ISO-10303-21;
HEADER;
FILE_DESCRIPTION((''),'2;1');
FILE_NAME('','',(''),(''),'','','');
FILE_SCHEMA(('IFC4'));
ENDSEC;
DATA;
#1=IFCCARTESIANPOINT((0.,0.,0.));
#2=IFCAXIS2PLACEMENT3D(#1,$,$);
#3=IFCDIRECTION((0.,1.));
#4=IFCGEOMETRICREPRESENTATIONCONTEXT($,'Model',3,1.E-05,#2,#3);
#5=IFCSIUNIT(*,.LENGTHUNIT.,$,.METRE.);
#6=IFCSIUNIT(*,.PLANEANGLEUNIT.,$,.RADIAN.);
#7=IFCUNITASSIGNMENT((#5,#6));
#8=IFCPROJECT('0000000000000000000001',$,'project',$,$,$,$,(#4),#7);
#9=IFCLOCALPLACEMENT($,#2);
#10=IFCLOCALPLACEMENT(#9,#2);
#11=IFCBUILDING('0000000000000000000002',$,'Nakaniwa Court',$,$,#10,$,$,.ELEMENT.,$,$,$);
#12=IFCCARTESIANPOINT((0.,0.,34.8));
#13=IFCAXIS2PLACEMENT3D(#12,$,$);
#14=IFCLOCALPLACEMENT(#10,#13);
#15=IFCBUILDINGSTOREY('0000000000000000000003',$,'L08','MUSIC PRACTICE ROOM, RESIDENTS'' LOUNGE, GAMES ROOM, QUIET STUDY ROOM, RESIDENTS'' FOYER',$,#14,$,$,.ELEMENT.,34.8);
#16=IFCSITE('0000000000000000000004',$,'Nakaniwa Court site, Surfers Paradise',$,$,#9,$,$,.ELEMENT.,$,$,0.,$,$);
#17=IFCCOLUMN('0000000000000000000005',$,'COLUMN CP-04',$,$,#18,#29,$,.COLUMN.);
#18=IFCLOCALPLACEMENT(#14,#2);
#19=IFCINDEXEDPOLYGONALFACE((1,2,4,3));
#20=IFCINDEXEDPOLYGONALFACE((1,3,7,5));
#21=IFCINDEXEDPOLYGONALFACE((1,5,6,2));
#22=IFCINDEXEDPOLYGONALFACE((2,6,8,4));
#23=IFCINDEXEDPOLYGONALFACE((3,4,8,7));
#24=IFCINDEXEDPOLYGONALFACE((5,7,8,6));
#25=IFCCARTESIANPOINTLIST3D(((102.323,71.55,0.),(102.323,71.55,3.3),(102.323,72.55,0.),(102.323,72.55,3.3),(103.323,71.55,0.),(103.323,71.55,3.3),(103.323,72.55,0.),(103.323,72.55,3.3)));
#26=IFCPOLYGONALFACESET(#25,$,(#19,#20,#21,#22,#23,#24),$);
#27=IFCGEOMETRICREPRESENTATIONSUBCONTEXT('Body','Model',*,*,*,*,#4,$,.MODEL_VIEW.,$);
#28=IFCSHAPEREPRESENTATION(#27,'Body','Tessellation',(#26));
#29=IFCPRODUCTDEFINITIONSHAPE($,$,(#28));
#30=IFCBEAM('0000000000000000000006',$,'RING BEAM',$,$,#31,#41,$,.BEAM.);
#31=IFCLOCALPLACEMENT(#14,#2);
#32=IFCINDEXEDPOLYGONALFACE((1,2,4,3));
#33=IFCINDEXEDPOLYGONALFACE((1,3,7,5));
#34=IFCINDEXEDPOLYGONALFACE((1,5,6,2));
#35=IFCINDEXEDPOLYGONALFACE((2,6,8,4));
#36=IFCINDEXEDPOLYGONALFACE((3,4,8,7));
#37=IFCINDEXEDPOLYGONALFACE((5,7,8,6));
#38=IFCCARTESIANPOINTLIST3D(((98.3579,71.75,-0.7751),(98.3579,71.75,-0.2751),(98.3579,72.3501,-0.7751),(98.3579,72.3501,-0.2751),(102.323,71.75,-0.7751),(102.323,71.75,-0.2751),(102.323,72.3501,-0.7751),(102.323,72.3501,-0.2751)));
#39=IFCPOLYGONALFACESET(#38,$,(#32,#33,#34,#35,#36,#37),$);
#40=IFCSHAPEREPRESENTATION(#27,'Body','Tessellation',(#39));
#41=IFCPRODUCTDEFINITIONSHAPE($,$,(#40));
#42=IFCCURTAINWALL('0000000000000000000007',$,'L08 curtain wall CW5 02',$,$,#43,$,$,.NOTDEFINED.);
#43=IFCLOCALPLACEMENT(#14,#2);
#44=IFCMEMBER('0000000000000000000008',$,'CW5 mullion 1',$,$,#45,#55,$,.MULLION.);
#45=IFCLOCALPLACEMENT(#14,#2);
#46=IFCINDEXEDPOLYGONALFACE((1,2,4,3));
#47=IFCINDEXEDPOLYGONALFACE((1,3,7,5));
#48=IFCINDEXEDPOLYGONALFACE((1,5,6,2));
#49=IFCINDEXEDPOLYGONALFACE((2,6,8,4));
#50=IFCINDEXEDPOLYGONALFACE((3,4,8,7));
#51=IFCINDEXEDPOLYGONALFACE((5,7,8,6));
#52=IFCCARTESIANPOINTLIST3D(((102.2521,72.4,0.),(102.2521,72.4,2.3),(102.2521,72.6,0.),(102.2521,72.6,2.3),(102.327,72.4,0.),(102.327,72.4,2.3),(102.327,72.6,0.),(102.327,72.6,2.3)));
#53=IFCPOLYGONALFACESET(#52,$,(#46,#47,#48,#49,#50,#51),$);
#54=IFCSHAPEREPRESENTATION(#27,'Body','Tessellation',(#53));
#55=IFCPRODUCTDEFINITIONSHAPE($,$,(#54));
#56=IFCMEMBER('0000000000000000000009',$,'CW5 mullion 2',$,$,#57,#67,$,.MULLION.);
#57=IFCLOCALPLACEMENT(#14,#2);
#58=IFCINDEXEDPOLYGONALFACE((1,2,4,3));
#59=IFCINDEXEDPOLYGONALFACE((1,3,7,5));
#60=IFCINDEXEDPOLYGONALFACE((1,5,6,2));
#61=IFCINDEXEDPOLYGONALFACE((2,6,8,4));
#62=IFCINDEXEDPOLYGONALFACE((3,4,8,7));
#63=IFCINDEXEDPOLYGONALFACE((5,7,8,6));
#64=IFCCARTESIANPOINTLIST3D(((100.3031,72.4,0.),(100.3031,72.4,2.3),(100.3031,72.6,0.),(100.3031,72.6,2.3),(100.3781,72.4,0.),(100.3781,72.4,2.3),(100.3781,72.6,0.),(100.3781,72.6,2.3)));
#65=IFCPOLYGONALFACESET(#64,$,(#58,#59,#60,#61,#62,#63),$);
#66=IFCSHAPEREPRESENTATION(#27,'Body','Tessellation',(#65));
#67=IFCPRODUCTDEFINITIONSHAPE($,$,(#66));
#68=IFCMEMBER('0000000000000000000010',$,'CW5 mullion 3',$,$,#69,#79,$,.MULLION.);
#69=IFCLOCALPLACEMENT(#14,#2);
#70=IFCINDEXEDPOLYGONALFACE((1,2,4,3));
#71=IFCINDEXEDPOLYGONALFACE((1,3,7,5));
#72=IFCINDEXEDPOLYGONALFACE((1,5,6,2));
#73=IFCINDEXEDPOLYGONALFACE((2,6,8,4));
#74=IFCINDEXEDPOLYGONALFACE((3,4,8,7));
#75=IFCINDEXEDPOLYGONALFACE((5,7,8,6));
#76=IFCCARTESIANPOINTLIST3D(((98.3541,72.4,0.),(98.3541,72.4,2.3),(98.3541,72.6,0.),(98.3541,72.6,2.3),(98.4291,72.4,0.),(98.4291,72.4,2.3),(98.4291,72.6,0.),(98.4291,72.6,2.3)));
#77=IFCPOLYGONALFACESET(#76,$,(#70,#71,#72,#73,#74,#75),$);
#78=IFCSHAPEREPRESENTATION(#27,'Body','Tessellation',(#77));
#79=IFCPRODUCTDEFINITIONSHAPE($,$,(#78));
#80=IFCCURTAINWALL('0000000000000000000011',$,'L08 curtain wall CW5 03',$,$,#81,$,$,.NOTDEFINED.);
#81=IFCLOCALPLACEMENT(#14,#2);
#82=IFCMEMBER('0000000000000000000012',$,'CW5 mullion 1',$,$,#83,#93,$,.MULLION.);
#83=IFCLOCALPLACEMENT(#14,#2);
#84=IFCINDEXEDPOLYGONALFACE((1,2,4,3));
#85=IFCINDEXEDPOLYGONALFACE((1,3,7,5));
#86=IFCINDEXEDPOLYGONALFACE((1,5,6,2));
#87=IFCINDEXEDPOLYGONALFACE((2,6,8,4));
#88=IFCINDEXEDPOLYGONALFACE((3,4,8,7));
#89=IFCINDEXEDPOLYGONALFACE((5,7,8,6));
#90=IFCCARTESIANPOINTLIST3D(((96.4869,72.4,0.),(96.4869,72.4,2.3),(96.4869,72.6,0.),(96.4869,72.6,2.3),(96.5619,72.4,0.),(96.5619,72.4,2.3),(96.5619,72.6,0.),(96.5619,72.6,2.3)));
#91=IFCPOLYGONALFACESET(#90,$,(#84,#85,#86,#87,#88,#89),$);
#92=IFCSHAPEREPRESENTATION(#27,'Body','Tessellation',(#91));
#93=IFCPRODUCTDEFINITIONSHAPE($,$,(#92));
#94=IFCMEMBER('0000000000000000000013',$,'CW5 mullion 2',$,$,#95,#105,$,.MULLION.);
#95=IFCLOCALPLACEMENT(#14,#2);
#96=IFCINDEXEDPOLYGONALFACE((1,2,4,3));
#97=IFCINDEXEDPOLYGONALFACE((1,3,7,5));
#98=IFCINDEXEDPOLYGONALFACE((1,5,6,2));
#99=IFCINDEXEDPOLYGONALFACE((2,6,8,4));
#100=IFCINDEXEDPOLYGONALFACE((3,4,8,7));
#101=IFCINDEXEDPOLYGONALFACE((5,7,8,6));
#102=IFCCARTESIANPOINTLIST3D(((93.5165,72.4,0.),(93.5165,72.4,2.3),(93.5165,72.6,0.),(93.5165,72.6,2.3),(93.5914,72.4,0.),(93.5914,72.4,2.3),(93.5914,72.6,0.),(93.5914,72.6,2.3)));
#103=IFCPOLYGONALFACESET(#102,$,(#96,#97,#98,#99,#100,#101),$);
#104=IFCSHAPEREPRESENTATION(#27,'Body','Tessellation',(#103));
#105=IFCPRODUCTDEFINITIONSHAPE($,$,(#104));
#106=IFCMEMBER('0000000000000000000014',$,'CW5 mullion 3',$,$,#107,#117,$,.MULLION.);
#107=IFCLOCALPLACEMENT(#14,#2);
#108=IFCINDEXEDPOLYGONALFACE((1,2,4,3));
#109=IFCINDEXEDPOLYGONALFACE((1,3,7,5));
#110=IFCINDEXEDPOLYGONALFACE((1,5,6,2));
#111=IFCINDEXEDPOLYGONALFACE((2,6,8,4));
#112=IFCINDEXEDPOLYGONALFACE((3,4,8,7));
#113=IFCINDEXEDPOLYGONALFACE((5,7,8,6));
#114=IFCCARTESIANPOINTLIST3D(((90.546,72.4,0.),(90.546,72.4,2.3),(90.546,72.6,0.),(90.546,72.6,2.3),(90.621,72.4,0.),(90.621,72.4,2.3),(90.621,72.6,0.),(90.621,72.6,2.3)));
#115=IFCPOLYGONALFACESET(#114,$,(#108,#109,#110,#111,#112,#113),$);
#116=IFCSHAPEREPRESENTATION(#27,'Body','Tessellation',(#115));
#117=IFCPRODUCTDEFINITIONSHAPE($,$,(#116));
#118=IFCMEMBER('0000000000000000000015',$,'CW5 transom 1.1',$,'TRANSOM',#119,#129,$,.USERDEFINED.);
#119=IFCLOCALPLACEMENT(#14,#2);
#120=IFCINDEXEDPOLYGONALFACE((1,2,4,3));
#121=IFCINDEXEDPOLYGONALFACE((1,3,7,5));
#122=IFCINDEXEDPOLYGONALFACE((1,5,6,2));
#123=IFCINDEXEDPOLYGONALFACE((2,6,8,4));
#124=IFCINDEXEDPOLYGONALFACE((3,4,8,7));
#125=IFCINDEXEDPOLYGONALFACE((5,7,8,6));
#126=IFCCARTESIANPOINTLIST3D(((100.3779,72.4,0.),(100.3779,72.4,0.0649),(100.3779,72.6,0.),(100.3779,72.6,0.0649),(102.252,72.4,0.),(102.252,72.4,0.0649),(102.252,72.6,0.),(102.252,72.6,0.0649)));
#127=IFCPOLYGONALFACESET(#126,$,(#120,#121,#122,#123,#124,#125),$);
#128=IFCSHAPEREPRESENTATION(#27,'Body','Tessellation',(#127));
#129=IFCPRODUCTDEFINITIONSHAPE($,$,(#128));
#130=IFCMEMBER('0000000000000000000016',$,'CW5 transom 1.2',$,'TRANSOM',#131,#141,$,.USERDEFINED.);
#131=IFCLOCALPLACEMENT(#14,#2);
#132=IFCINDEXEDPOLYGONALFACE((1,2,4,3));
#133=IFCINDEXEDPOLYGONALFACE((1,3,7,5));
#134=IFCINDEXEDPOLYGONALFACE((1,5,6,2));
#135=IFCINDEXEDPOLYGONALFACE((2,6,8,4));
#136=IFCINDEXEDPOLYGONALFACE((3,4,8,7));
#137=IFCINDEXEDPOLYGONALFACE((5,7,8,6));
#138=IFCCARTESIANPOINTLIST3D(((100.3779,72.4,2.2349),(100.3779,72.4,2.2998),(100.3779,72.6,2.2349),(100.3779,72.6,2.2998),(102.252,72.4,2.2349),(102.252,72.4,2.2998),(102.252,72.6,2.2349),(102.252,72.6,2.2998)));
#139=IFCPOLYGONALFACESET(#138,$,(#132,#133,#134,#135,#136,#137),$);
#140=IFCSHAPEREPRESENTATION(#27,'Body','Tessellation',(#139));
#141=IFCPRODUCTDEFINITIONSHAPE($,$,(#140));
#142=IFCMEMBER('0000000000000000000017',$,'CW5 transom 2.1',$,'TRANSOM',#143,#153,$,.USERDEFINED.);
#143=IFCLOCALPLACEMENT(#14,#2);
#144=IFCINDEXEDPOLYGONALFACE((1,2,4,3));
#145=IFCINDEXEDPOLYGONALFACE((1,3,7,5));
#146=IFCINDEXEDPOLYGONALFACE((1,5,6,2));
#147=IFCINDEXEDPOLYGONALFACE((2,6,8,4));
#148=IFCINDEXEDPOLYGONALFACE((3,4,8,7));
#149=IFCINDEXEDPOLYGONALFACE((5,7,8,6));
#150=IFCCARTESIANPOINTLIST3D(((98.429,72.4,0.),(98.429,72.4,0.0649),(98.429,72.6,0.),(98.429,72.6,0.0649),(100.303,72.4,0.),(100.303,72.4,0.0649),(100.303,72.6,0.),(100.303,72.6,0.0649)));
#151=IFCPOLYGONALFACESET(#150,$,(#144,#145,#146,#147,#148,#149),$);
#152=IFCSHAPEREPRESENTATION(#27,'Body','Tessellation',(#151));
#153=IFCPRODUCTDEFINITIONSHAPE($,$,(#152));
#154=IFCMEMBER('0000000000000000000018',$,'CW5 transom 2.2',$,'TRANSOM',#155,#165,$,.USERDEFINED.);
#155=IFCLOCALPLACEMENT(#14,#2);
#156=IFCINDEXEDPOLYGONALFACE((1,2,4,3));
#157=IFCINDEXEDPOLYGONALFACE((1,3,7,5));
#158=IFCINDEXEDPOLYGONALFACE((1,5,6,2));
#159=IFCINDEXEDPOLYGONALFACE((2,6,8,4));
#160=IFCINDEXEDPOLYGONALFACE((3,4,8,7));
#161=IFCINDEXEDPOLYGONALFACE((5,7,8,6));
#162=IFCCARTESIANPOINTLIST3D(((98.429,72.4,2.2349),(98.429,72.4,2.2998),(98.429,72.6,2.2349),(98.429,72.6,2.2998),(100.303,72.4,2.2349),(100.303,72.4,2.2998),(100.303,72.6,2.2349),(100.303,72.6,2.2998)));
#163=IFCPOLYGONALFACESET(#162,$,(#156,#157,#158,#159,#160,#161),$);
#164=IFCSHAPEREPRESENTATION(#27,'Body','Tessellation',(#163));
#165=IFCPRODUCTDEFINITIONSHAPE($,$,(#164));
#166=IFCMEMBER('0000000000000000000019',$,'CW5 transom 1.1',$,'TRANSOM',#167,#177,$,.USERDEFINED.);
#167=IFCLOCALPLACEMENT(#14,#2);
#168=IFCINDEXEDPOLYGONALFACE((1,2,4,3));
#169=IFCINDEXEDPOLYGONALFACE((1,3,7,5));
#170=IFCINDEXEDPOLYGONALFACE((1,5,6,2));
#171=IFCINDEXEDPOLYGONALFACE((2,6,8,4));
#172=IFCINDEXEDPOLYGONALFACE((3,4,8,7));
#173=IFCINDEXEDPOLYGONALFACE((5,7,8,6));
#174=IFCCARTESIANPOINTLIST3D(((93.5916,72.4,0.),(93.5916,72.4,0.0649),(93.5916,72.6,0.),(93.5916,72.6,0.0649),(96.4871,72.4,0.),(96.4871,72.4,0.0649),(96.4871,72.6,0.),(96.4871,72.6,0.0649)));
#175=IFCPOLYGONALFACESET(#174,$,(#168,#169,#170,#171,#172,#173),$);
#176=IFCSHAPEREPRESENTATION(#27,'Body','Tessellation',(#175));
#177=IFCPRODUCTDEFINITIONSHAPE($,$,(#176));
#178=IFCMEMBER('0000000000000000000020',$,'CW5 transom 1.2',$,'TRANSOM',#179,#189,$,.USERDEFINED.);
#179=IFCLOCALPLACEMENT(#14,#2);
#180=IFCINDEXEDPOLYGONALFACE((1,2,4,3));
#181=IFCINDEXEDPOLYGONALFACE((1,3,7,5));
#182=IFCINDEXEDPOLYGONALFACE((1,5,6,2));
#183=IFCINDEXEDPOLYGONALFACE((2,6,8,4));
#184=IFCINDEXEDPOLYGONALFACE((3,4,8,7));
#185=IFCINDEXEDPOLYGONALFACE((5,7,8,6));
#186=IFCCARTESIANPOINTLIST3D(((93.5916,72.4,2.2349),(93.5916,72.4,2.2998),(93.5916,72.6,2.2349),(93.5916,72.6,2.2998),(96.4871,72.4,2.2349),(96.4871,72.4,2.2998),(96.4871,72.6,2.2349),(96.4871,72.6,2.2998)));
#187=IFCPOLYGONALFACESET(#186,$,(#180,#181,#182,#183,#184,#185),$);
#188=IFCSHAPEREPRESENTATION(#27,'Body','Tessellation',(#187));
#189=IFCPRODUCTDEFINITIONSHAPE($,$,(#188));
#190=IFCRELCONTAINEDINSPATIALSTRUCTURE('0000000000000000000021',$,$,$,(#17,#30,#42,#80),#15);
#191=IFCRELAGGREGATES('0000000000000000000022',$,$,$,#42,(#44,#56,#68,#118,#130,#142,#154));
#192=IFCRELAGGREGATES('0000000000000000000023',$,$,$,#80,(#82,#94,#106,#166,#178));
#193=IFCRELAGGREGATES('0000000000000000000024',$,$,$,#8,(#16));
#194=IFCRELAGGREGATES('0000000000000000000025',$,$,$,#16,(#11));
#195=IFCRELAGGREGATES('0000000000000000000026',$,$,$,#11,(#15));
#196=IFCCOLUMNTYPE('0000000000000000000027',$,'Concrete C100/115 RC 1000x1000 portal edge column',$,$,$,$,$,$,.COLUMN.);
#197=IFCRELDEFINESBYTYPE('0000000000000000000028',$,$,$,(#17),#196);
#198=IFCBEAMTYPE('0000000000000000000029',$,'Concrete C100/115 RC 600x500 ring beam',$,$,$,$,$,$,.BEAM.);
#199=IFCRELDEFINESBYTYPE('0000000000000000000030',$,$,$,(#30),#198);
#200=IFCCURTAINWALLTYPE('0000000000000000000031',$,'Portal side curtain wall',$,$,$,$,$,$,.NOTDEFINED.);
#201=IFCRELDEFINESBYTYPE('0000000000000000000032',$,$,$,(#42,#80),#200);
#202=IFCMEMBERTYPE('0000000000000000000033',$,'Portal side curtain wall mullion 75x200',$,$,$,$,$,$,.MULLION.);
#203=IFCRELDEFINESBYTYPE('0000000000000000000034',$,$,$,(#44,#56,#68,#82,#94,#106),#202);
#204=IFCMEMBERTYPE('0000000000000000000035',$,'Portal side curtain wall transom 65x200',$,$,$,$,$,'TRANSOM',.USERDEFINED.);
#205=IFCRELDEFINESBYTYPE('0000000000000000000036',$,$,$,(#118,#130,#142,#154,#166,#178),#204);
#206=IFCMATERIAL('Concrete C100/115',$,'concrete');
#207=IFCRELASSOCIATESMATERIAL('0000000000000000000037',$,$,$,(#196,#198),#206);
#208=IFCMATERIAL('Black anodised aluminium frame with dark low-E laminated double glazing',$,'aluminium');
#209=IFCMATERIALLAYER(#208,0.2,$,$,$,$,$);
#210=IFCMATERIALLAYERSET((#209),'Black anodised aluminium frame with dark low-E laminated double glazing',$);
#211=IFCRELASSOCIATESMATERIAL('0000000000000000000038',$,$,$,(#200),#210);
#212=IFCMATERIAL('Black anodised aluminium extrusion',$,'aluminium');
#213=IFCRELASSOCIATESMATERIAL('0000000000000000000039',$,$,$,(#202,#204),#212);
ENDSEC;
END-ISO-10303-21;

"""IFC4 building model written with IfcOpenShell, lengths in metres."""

from ifc_helpers import new_model, si_unit, direction, frame, origin, origin_2d, place, context, subcontext, project, spatial, rectangle, extrude, material, layer, layer_set, material_profile, profile_set, type_object, element, aggregate, save


model = new_model("IFC4")

# Units and contexts
model_context = context("Model", 3, precision=1e-05, world=origin(), true_north=direction((0.0, 1.0)))
body_context = subcontext(model_context, "Body", "Model", "MODEL_VIEW")
ifc_project = project(units=[si_unit("LENGTHUNIT", "METRE"), si_unit("PLANEANGLEUNIT", "RADIAN")], contexts=[model_context])

# Site, building, storey
site_placement = place(None, origin())
site = spatial("IfcSite", under=ifc_project, at=site_placement, Name="Nakaniwa Court site, Surfers Paradise", CompositionType="ELEMENT", RefElevation=0.0)
building_placement = place(site_placement, origin())
building = spatial("IfcBuilding", under=site, at=building_placement, Name="Nakaniwa Court", CompositionType="ELEMENT")
storey_placement = place(building_placement, frame((0.0, 0.0, 34.8)))
storey = spatial("IfcBuildingStorey", under=building, at=storey_placement, Name="L08", Description="MUSIC PRACTICE ROOM, RESIDENTS' LOUNGE, GAMES ROOM, QUIET STUDY ROOM, RESIDENTS' FOYER", CompositionType="ELEMENT", Elevation=34.8)

# Column
ifc_material_1 = material(Name="Concrete C100/115", Category="concrete")
ifc_material_profile_1 = material_profile(ifc_material_1, rectangle(XDim=1.0, YDim=1.0, at=origin_2d()), Name="Concrete C100/115 RC 1000x1000 portal edge column")
ifc_profile_set_1 = profile_set([ifc_material_profile_1], Name="Concrete C100/115")
column_type = type_object("IfcColumnType", Name="Concrete C100/115 RC 1000x1000 portal edge column", PredefinedType="COLUMN", material=ifc_profile_set_1)
column_placement = place(storey_placement, frame((102.823, 72.05, 0.0), z_axis=(0.0, 0.0, 1.0), x_axis=(1.0, 0.0, 0.0)))
element("IfcColumn", 1, at=column_placement, inside=storey, type_object=column_type, Name="COLUMN CP-04", PredefinedType="COLUMN", context=body_context, shape_type="SweptSolid", body=[
    extrude(rectangle(XDim=1.0, YDim=1.0, at=origin_2d()), origin(), (0.0, 0.0, 1.0), 3.3),
])

# Beam
ifc_material_profile_2 = material_profile(ifc_material_1, rectangle(XDim=0.6001, YDim=0.5, at=origin_2d()), Name="Concrete C100/115 RC 600x500 ring beam")
ifc_profile_set_2 = profile_set([ifc_material_profile_2], Name="Concrete C100/115")
beam_type = type_object("IfcBeamType", Name="Concrete C100/115 RC 600x500 ring beam", PredefinedType="BEAM", material=ifc_profile_set_2)
beam_placement = place(storey_placement, frame((98.3579, 72.05, -0.5251), z_axis=(1.0, 0.0, 0.0), x_axis=(0.0, 1.0, 0.0)))
element("IfcBeam", 2, at=beam_placement, inside=storey, type_object=beam_type, Name="RING BEAM", PredefinedType="BEAM", context=body_context, shape_type="SweptSolid", body=[
    extrude(rectangle(XDim=0.6001, YDim=0.5, at=origin_2d()), origin(), (0.0, 0.0, 1.0), 3.9651),
])

# Curtain walls, members
ifc_material_2 = material(Name="Black anodised aluminium frame with dark low-E laminated double glazing", Category="aluminium")
ifc_layer_1 = layer(ifc_material_2, 0.2)
ifc_layer_set_1 = layer_set([ifc_layer_1], Name="Black anodised aluminium frame with dark low-E laminated double glazing")
curtain_wall_type = type_object("IfcCurtainWallType", Name="Portal side curtain wall", PredefinedType="NOTDEFINED", material=ifc_layer_set_1)
curtain_wall_1_placement = place(storey_placement, origin())
curtain_wall_1 = element("IfcCurtainWall", 3, at=curtain_wall_1_placement, inside=storey, type_object=curtain_wall_type, Name="L08 curtain wall CW5 02", PredefinedType="NOTDEFINED")
ifc_material_3 = material(Name="Black anodised aluminium extrusion", Category="aluminium")
ifc_material_profile_3 = material_profile(ifc_material_3, rectangle(XDim=0.2, YDim=0.075, at=origin_2d()), Name="Portal side curtain wall mullion 75x200")
ifc_profile_set_3 = profile_set([ifc_material_profile_3], Name="Black anodised aluminium extrusion")
member_type_1 = type_object("IfcMemberType", Name="Portal side curtain wall mullion 75x200", PredefinedType="MULLION", material=ifc_profile_set_3)
member_1_placement = place(storey_placement, frame((102.2896, 72.5, 0.0), z_axis=(0.0, 0.0, 1.0), x_axis=(0.0, -1.0, 0.0)))
member_1 = element("IfcMember", 4, at=member_1_placement, type_object=member_type_1, Name="CW5 mullion 1", PredefinedType="MULLION", context=body_context, shape_type="SweptSolid", body=[
    extrude(rectangle(XDim=0.2, YDim=0.075, at=origin_2d()), origin(), (0.0, 0.0, 1.0), 2.3),
])
member_2_placement = place(storey_placement, frame((100.3406, 72.5, 0.0), z_axis=(0.0, 0.0, 1.0), x_axis=(0.0, -1.0, 0.0)))
member_2 = element("IfcMember", 5, at=member_2_placement, type_object=member_type_1, Name="CW5 mullion 2", PredefinedType="MULLION", context=body_context, shape_type="SweptSolid", body=[
    extrude(rectangle(XDim=0.2, YDim=0.075, at=origin_2d()), origin(), (0.0, 0.0, 1.0), 2.3),
])
member_3_placement = place(storey_placement, frame((98.3916, 72.5, 0.0), z_axis=(0.0, 0.0, 1.0), x_axis=(0.0, -1.0, 0.0)))
member_3 = element("IfcMember", 6, at=member_3_placement, type_object=member_type_1, Name="CW5 mullion 3", PredefinedType="MULLION", context=body_context, shape_type="SweptSolid", body=[
    extrude(rectangle(XDim=0.2, YDim=0.075, at=origin_2d()), origin(), (0.0, 0.0, 1.0), 2.3),
])
curtain_wall_2_placement = place(storey_placement, origin())
curtain_wall_2 = element("IfcCurtainWall", 7, at=curtain_wall_2_placement, inside=storey, type_object=curtain_wall_type, Name="L08 curtain wall CW5 03", PredefinedType="NOTDEFINED")
member_4_placement = place(storey_placement, frame((96.5244, 72.5, 0.0), z_axis=(0.0, 0.0, 1.0), x_axis=(0.0, -1.0, 0.0)))
member_4 = element("IfcMember", 8, at=member_4_placement, type_object=member_type_1, Name="CW5 mullion 1", PredefinedType="MULLION", context=body_context, shape_type="SweptSolid", body=[
    extrude(rectangle(XDim=0.2, YDim=0.075, at=origin_2d()), origin(), (0.0, 0.0, 1.0), 2.3),
])
member_5_placement = place(storey_placement, frame((93.554, 72.5, 0.0), z_axis=(0.0, 0.0, 1.0), x_axis=(0.0, -1.0, 0.0)))
member_5 = element("IfcMember", 9, at=member_5_placement, type_object=member_type_1, Name="CW5 mullion 2", PredefinedType="MULLION", context=body_context, shape_type="SweptSolid", body=[
    extrude(rectangle(XDim=0.2, YDim=0.075, at=origin_2d()), origin(), (0.0, 0.0, 1.0), 2.3),
])
member_6_placement = place(storey_placement, frame((90.5835, 72.5, 0.0), z_axis=(0.0, 0.0, 1.0), x_axis=(0.0, -1.0, 0.0)))
member_6 = element("IfcMember", 10, at=member_6_placement, type_object=member_type_1, Name="CW5 mullion 3", PredefinedType="MULLION", context=body_context, shape_type="SweptSolid", body=[
    extrude(rectangle(XDim=0.2, YDim=0.075, at=origin_2d()), origin(), (0.0, 0.0, 1.0), 2.3),
])

# Members
ifc_material_profile_4 = material_profile(ifc_material_3, rectangle(XDim=0.2, YDim=0.0649, at=origin_2d()), Name="Portal side curtain wall transom 65x200")
ifc_profile_set_4 = profile_set([ifc_material_profile_4], Name="Black anodised aluminium extrusion")
member_type_2 = type_object("IfcMemberType", Name="Portal side curtain wall transom 65x200", ElementType="TRANSOM", PredefinedType="USERDEFINED", material=ifc_profile_set_4)
member_7_placement = place(storey_placement, frame((102.252, 72.5, 0.0325), z_axis=(-1.0, 0.0, 0.0), x_axis=(0.0, -1.0, 0.0)))
member_7 = element("IfcMember", 11, at=member_7_placement, type_object=member_type_2, Name="CW5 transom 1.1", ObjectType="TRANSOM", PredefinedType="USERDEFINED", context=body_context, shape_type="SweptSolid", body=[
    extrude(rectangle(XDim=0.2, YDim=0.0649, at=origin_2d()), origin(), (0.0, 0.0, 1.0), 1.874),
])
member_8_placement = place(storey_placement, frame((102.252, 72.5, 2.2673), z_axis=(-1.0, 0.0, 0.0), x_axis=(0.0, -1.0, 0.0)))
member_8 = element("IfcMember", 12, at=member_8_placement, type_object=member_type_2, Name="CW5 transom 1.2", ObjectType="TRANSOM", PredefinedType="USERDEFINED", context=body_context, shape_type="SweptSolid", body=[
    extrude(rectangle(XDim=0.2, YDim=0.0649, at=origin_2d()), origin(), (0.0, 0.0, 1.0), 1.874),
])
member_9_placement = place(storey_placement, frame((100.303, 72.5, 0.0325), z_axis=(-1.0, 0.0, 0.0), x_axis=(0.0, -1.0, 0.0)))
member_9 = element("IfcMember", 13, at=member_9_placement, type_object=member_type_2, Name="CW5 transom 2.1", ObjectType="TRANSOM", PredefinedType="USERDEFINED", context=body_context, shape_type="SweptSolid", body=[
    extrude(rectangle(XDim=0.2, YDim=0.0649, at=origin_2d()), origin(), (0.0, 0.0, 1.0), 1.874),
])
member_10_placement = place(storey_placement, frame((100.303, 72.5, 2.2673), z_axis=(-1.0, 0.0, 0.0), x_axis=(0.0, -1.0, 0.0)))
member_10 = element("IfcMember", 14, at=member_10_placement, type_object=member_type_2, Name="CW5 transom 2.2", ObjectType="TRANSOM", PredefinedType="USERDEFINED", context=body_context, shape_type="SweptSolid", body=[
    extrude(rectangle(XDim=0.2, YDim=0.0649, at=origin_2d()), origin(), (0.0, 0.0, 1.0), 1.874),
])
member_11_placement = place(storey_placement, frame((96.4871, 72.5, 0.0325), z_axis=(-1.0, 0.0, 0.0), x_axis=(0.0, -1.0, 0.0)))
member_11 = element("IfcMember", 15, at=member_11_placement, type_object=member_type_2, Name="CW5 transom 1.1", ObjectType="TRANSOM", PredefinedType="USERDEFINED", context=body_context, shape_type="SweptSolid", body=[
    extrude(rectangle(XDim=0.2, YDim=0.0649, at=origin_2d()), origin(), (0.0, 0.0, 1.0), 2.8955),
])
member_12_placement = place(storey_placement, frame((96.4871, 72.5, 2.2673), z_axis=(-1.0, 0.0, 0.0), x_axis=(0.0, -1.0, 0.0)))
member_12 = element("IfcMember", 16, at=member_12_placement, type_object=member_type_2, Name="CW5 transom 1.2", ObjectType="TRANSOM", PredefinedType="USERDEFINED", context=body_context, shape_type="SweptSolid", body=[
    extrude(rectangle(XDim=0.2, YDim=0.0649, at=origin_2d()), origin(), (0.0, 0.0, 1.0), 2.8955),
])

aggregate(curtain_wall_1, [member_1, member_2, member_3, member_7, member_8, member_9, member_10])
aggregate(curtain_wall_2, [member_4, member_5, member_6, member_11, member_12])

save(model, "model.ifc")
